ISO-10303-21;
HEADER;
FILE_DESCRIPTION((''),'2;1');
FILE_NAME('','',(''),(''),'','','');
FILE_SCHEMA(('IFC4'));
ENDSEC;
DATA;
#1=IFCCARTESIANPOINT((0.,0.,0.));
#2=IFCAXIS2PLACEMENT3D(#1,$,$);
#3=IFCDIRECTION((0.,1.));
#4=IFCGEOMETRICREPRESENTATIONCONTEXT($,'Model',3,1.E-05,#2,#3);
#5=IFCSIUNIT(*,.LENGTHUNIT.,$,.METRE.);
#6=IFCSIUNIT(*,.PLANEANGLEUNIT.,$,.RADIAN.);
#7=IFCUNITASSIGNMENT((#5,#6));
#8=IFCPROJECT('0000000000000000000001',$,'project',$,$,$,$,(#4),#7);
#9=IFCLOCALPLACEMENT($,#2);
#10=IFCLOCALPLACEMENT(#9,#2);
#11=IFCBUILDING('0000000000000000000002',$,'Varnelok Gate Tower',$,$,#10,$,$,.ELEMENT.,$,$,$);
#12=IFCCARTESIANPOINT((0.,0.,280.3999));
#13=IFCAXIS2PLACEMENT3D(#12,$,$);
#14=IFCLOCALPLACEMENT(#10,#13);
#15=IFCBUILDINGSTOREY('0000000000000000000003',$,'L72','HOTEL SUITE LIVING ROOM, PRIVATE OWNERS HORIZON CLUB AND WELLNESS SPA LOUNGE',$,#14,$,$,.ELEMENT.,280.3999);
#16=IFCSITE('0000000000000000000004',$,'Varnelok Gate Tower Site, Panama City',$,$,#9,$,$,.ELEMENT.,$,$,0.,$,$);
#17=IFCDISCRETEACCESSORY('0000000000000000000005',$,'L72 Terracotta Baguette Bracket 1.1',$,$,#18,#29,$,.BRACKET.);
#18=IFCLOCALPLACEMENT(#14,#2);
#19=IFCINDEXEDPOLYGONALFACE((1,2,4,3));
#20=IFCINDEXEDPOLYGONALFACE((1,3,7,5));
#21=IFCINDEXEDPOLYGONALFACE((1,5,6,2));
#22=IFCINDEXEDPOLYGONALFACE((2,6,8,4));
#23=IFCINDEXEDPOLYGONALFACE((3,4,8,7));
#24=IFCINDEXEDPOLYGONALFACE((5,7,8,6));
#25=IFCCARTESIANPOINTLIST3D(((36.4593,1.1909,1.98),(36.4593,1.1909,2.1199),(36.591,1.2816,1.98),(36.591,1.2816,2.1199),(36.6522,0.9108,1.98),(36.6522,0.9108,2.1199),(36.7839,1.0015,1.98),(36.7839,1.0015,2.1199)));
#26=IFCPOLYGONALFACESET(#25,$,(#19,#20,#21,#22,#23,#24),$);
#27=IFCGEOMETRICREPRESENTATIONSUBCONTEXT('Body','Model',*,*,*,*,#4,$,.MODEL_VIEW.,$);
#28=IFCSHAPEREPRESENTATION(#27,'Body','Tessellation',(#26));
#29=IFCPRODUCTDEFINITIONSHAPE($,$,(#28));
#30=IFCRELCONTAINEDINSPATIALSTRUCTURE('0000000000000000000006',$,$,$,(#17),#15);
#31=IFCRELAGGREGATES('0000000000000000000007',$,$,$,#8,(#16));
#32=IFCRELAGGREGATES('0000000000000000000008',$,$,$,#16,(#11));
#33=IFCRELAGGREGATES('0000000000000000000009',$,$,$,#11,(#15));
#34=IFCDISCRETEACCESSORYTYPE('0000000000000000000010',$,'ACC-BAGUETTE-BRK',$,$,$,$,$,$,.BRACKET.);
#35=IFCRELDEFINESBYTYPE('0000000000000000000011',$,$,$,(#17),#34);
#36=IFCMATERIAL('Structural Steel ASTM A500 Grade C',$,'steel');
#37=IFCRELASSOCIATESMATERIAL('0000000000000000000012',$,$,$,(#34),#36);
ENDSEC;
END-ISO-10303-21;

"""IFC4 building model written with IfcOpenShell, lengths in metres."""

from ifc_helpers import new_model, si_unit, direction, frame, origin, origin_2d, place, context, subcontext, project, spatial, rectangle, extrude, source, transform, mapped, material, type_object, element, save


model = new_model("IFC4")

# Units and contexts
model_context = context("Model", 3, precision=1e-05, world=origin(), true_north=direction((0.0, 1.0)))
body_context = subcontext(model_context, "Body", "Model", "MODEL_VIEW")
ifc_project = project(units=[si_unit("LENGTHUNIT", "METRE"), si_unit("PLANEANGLEUNIT", "RADIAN")], contexts=[model_context])

# Site, building, storey
site_placement = place(None, origin())
site = spatial("IfcSite", under=ifc_project, at=site_placement, Name="Varnelok Gate Tower Site, Panama City", CompositionType="ELEMENT", RefElevation=0.0)
building_placement = place(site_placement, origin())
building = spatial("IfcBuilding", under=site, at=building_placement, Name="Varnelok Gate Tower", CompositionType="ELEMENT")
storey_placement = place(building_placement, frame((0.0, 0.0, 280.3999)))
storey = spatial("IfcBuildingStorey", under=building, at=storey_placement, Name="L72", Description="HOTEL SUITE LIVING ROOM, PRIVATE OWNERS HORIZON CLUB AND WELLNESS SPA LOUNGE", CompositionType="ELEMENT", Elevation=280.3999)

# Discrete accessory
ifc_material_1 = material(Name="Structural Steel ASTM A500 Grade C", Category="steel")
discrete_accessory_type = type_object("IfcDiscreteAccessoryType", Name="ACC-BAGUETTE-BRK", PredefinedType="BRACKET", material=ifc_material_1)
shared_shape_1 = source(origin(), body_context, "Body", "SweptSolid", [
    extrude(rectangle(XDim=0.1599, YDim=0.3401, at=origin_2d()), origin(), (0.0, 0.0, 1.0), 0.1399),
])
discrete_accessory_placement = place(storey_placement, frame((36.6216, 1.0962, 1.98), z_axis=(0.0, 0.0, 1.0), x_axis=(0.823533, 0.567269, 0.0)))
element("IfcDiscreteAccessory", 1, at=discrete_accessory_placement, inside=storey, type_object=discrete_accessory_type, Name="L72 Terracotta Baguette Bracket 1.1", PredefinedType="BRACKET", context=body_context, shape_type="MappedRepresentation", body=[
    mapped(shared_shape_1, transform((0.0, 0.0, 0.0), scale=1.0)),
])

save(model, "model.ifc")
